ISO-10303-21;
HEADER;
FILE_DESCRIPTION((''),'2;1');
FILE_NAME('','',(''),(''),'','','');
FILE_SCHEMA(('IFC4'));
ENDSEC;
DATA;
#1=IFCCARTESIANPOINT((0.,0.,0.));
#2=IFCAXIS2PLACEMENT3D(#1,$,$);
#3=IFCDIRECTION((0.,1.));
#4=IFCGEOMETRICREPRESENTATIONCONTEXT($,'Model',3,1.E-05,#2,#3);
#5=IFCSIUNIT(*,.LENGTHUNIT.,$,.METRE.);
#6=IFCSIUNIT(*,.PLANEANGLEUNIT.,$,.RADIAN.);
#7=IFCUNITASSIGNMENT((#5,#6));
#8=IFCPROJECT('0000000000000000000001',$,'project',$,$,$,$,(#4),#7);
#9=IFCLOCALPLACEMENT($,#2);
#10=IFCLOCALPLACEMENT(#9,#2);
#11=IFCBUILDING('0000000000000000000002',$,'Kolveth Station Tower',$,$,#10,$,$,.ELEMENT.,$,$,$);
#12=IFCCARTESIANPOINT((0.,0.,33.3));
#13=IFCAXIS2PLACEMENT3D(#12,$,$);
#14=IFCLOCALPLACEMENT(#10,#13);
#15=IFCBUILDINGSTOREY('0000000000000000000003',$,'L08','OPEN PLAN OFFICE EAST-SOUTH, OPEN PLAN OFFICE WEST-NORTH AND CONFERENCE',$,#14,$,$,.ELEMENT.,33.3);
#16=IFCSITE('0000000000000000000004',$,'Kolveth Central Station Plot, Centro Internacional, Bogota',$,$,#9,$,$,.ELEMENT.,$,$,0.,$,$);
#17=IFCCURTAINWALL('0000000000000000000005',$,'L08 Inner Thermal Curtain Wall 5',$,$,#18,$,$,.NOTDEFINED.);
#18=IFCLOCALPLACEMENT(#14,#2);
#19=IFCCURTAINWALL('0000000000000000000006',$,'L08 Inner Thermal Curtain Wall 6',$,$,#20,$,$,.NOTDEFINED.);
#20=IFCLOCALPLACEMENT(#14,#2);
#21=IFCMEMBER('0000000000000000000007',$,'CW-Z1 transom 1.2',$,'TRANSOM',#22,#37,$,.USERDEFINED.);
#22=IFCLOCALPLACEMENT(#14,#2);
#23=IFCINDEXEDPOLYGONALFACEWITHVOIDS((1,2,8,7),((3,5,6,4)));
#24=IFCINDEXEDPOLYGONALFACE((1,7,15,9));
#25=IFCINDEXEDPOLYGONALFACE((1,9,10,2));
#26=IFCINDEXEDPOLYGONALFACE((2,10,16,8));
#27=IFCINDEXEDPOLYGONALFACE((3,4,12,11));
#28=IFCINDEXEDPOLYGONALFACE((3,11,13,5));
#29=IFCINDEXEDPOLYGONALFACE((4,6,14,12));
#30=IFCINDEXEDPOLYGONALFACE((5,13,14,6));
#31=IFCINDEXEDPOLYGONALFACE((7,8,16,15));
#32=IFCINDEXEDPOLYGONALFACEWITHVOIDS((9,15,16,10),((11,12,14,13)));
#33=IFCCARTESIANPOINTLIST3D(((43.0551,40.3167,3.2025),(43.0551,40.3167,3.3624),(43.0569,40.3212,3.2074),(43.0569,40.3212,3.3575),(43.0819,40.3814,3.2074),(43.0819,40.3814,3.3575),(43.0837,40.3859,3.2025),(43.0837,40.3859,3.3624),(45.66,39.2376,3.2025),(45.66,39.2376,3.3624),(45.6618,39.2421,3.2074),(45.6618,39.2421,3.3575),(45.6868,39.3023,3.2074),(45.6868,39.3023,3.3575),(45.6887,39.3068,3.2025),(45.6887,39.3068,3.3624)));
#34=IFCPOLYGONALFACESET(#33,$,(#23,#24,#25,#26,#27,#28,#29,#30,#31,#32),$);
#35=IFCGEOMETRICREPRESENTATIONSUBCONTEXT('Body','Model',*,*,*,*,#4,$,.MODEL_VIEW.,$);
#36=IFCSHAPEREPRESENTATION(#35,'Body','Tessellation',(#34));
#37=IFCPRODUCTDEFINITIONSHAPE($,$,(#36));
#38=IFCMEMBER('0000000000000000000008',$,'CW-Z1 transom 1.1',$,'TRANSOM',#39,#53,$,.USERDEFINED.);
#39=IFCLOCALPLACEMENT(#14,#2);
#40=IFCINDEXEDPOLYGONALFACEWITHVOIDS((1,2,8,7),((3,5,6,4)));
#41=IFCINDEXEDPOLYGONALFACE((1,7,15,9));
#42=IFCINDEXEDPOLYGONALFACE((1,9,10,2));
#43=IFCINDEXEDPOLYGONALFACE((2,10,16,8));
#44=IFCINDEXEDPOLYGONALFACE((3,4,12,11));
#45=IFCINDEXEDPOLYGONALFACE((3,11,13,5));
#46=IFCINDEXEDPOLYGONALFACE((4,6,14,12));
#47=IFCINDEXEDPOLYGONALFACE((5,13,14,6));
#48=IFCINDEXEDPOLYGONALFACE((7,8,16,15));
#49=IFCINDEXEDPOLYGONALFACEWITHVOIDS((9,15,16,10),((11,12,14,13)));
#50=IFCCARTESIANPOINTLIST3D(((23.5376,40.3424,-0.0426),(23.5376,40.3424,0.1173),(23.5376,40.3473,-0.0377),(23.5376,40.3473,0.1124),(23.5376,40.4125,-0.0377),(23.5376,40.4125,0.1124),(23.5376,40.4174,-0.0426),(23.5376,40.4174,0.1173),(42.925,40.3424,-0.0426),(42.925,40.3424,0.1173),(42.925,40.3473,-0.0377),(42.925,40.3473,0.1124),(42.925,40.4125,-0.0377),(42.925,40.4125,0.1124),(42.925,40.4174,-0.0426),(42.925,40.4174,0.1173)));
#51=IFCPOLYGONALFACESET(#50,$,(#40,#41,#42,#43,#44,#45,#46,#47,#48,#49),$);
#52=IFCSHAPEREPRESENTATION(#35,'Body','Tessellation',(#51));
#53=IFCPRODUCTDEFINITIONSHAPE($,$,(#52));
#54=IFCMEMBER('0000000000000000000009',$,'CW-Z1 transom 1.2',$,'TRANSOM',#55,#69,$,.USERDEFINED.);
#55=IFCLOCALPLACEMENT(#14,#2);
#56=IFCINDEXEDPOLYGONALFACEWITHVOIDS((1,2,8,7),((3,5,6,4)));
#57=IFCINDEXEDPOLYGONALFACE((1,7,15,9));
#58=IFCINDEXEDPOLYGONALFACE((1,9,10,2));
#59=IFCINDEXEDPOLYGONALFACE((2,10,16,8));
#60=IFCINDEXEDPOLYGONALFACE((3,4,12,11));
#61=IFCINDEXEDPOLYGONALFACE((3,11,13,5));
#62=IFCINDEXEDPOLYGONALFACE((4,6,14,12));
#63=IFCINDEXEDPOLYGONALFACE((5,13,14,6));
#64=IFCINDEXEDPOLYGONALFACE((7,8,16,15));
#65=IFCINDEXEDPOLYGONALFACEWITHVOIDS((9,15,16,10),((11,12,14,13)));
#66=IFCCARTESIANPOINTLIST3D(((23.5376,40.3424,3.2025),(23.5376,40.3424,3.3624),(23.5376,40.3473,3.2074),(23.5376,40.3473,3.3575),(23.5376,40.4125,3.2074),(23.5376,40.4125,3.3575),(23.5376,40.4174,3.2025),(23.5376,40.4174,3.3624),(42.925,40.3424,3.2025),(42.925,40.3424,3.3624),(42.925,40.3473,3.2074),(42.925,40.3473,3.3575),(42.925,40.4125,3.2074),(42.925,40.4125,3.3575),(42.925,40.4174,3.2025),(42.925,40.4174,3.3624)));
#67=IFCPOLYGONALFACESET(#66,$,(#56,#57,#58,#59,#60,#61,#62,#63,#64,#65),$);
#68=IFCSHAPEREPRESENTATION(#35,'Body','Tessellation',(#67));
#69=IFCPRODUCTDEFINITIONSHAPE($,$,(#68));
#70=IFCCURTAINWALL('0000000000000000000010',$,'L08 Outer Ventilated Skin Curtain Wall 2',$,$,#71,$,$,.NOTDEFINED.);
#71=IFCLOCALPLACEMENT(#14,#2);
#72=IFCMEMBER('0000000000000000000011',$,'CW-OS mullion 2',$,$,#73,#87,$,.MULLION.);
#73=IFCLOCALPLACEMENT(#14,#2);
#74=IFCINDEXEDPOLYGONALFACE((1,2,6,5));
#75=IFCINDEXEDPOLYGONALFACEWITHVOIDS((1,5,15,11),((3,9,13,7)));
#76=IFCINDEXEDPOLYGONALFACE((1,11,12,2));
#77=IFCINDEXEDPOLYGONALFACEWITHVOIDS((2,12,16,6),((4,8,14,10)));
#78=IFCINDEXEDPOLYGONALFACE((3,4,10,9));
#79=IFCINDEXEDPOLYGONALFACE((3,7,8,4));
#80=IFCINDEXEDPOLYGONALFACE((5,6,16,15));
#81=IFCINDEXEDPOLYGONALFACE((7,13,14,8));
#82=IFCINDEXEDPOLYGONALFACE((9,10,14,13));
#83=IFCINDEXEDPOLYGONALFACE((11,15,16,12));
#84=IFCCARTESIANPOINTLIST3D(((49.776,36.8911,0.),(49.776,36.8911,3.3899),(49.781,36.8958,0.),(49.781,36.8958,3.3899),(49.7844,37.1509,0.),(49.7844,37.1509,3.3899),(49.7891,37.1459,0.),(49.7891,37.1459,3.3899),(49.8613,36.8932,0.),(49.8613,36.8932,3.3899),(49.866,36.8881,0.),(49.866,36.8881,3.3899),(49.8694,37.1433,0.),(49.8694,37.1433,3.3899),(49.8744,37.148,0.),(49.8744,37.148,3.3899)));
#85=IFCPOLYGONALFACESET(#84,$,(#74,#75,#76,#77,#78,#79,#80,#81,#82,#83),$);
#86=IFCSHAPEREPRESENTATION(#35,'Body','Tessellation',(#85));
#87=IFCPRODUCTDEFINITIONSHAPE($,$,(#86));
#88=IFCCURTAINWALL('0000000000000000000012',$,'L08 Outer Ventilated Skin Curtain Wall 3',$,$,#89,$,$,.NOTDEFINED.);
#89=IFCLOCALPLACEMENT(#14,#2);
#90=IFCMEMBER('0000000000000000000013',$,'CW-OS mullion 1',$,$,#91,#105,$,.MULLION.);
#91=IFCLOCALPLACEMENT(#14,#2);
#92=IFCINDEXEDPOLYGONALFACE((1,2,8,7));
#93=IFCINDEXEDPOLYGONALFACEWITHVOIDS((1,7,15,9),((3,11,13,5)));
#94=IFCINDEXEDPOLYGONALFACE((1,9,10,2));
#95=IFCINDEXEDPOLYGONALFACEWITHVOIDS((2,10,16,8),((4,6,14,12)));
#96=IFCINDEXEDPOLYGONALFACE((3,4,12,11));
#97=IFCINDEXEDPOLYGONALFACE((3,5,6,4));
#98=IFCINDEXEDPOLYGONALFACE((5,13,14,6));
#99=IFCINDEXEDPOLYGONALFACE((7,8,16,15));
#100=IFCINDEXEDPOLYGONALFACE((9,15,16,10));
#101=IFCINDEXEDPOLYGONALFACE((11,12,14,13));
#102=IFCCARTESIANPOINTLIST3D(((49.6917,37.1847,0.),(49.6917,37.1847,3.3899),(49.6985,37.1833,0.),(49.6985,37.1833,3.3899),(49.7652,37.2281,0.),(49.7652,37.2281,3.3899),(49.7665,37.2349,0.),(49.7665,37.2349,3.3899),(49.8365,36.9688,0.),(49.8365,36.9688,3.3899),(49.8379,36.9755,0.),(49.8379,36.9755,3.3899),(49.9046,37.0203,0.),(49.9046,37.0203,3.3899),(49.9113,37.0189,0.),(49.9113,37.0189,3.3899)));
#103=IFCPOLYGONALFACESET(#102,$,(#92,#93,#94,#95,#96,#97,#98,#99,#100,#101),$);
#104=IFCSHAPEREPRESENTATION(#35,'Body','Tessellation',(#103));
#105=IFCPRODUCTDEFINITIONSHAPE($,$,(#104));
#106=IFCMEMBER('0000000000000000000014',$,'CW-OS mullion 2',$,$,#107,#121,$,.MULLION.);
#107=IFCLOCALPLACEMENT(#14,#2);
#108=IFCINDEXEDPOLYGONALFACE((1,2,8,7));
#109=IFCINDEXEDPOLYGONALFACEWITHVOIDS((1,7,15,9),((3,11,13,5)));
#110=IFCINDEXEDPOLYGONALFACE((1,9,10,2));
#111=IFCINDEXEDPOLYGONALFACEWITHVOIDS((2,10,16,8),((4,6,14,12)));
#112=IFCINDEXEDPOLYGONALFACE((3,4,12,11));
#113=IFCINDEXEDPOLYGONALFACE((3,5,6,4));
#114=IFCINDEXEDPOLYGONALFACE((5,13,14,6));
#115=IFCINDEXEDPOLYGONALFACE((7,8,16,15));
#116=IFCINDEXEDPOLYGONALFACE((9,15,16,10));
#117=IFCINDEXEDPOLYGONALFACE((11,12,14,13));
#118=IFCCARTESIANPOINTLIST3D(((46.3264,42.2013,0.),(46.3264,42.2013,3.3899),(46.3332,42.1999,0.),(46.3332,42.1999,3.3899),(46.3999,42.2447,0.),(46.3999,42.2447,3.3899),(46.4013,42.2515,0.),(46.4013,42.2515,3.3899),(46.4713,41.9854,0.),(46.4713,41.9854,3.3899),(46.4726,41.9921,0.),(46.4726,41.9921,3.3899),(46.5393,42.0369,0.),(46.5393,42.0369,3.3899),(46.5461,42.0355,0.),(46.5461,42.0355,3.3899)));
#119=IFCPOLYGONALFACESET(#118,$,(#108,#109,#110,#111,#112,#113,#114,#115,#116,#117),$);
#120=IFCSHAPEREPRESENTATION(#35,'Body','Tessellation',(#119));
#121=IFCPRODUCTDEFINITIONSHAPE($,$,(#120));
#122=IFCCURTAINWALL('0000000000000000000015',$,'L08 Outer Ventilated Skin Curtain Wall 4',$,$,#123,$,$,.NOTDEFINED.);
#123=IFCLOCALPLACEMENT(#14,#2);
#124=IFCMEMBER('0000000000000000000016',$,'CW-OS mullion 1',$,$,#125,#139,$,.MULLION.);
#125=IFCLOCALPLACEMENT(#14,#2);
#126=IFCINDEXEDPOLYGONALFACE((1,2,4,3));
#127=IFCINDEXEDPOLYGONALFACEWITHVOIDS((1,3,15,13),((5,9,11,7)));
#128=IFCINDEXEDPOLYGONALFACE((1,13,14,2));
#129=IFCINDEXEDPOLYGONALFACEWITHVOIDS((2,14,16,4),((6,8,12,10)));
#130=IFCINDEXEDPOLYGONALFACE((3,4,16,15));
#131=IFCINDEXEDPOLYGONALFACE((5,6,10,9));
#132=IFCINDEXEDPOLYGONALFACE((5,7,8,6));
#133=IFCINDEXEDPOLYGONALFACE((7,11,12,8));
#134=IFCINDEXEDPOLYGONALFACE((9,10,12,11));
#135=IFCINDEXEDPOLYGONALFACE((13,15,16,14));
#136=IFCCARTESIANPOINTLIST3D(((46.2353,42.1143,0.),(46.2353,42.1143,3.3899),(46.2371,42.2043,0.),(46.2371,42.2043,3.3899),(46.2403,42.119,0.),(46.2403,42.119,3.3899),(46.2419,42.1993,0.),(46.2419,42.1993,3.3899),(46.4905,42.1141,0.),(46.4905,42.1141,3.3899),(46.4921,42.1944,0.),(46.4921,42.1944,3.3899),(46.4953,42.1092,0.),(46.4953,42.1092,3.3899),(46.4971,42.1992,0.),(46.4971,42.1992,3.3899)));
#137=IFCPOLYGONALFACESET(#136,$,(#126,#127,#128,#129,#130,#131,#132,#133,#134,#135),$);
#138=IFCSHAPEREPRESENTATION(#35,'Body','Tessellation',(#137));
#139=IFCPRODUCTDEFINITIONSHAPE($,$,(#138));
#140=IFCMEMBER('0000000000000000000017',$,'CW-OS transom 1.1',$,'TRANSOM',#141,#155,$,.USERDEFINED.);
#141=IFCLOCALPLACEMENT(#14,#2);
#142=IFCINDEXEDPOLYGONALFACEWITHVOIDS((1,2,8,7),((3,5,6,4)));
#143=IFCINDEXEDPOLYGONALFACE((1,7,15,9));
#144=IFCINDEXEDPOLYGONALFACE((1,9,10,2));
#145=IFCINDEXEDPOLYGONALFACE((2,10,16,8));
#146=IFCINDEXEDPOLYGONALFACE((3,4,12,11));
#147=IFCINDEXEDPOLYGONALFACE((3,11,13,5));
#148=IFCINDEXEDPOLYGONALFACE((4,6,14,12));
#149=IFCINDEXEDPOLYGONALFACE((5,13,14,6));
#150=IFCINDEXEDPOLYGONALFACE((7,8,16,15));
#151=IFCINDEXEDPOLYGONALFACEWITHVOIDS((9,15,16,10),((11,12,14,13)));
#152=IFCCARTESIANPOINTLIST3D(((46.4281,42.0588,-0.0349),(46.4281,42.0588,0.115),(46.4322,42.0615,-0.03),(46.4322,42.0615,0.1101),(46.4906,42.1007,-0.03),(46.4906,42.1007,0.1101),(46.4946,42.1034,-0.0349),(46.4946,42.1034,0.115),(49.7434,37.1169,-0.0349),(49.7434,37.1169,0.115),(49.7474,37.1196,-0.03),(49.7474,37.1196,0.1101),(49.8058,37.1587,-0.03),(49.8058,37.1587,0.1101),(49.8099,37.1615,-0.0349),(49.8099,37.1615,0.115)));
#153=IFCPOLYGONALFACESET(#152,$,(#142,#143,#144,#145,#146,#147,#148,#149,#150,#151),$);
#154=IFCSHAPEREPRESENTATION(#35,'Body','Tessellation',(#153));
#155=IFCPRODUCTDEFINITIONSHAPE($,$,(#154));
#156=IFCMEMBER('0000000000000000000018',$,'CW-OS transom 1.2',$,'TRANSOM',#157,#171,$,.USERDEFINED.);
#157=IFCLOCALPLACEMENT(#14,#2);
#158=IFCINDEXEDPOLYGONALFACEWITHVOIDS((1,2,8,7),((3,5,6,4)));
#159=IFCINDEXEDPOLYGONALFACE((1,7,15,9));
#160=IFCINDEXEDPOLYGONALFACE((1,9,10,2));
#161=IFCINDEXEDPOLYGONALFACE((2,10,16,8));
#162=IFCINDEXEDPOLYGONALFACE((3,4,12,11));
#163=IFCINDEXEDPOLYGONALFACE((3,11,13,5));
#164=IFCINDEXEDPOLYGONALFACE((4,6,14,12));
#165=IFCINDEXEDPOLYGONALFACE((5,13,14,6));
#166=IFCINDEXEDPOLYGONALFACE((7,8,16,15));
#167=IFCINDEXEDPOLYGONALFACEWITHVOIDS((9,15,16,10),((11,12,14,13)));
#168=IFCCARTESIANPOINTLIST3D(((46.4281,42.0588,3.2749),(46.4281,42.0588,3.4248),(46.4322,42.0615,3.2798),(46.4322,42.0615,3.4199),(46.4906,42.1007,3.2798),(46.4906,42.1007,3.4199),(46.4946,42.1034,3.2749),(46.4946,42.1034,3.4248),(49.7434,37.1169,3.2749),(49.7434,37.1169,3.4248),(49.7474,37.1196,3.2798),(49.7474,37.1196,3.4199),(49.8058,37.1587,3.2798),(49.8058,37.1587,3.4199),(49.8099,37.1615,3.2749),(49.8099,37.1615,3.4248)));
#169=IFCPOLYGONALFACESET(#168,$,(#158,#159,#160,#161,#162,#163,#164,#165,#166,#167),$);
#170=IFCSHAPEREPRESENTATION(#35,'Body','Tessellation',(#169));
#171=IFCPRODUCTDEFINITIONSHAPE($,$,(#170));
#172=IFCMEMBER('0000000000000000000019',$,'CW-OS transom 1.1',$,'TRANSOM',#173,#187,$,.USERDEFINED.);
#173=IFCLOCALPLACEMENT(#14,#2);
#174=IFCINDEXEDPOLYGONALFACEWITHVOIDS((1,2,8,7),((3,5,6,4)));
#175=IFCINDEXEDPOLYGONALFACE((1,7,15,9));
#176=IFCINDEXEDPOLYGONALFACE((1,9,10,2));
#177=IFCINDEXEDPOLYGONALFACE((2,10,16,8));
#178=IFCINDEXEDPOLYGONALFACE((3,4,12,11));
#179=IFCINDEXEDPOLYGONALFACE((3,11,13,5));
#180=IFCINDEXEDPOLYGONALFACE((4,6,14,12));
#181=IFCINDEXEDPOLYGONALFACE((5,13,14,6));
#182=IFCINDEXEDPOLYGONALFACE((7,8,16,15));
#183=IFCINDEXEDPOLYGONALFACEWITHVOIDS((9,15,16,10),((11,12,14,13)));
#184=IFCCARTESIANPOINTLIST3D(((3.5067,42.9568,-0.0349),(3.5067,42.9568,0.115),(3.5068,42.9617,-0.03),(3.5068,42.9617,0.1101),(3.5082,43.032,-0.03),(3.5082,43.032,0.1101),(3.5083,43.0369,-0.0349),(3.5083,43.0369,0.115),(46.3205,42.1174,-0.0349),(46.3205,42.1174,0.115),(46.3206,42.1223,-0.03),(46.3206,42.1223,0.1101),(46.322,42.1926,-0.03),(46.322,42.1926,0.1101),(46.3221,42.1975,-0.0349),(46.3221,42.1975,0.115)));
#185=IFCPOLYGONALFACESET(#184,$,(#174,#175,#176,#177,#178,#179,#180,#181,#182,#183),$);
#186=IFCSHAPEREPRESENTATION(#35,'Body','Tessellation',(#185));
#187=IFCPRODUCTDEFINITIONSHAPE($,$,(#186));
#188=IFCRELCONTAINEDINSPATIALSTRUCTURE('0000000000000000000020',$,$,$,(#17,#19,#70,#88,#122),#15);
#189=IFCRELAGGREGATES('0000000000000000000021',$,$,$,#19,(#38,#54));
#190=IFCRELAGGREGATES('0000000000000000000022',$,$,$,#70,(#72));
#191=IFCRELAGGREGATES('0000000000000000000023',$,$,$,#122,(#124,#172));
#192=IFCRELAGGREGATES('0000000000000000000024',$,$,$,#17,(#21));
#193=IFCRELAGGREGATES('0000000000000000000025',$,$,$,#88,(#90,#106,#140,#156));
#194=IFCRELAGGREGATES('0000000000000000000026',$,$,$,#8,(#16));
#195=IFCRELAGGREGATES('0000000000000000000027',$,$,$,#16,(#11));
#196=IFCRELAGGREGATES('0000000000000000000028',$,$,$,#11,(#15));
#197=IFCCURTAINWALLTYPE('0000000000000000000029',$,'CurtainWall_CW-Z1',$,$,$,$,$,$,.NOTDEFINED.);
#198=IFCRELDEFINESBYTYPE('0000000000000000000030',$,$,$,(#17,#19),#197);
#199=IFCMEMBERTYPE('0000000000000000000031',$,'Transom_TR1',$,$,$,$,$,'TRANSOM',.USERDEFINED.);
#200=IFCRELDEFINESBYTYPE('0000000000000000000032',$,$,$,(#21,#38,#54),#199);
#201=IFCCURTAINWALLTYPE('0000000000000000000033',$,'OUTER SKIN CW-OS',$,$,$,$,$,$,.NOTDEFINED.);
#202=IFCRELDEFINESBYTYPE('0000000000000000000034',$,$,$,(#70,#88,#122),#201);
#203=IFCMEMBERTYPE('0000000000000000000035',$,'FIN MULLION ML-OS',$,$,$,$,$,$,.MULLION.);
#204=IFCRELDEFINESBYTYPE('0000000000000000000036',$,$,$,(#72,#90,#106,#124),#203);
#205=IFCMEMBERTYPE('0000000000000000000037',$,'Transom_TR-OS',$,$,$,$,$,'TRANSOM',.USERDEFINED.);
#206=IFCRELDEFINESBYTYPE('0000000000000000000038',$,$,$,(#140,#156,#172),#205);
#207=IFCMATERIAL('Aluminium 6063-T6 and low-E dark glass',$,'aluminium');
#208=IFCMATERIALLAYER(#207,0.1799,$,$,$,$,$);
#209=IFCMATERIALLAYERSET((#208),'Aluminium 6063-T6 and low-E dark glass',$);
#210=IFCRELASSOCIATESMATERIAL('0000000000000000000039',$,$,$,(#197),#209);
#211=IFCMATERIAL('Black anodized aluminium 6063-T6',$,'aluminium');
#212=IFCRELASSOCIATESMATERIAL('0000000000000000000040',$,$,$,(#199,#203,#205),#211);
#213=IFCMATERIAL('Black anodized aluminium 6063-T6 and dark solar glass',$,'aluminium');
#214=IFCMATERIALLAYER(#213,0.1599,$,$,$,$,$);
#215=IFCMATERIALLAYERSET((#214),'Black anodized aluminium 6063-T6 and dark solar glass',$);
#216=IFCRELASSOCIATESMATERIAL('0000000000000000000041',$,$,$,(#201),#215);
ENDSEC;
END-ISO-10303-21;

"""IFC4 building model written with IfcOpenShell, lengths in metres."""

from ifc_helpers import new_model, si_unit, direction, frame, origin, origin_2d, place, context, subcontext, project, spatial, hollow_rectangle, extrude, source, transform, mapped, material, layer, layer_set, material_profile, profile_set, type_object, element, aggregate, save


model = new_model("IFC4")

# Units and contexts
model_context = context("Model", 3, precision=1e-05, world=origin(), true_north=direction((0.0, 1.0)))
body_context = subcontext(model_context, "Body", "Model", "MODEL_VIEW")
ifc_project = project(units=[si_unit("LENGTHUNIT", "METRE"), si_unit("PLANEANGLEUNIT", "RADIAN")], contexts=[model_context])

# Site, building, storey
site_placement = place(None, origin())
site = spatial("IfcSite", under=ifc_project, at=site_placement, Name="Kolveth Central Station Plot, Centro Internacional, Bogota", CompositionType="ELEMENT", RefElevation=0.0)
building_placement = place(site_placement, origin())
building = spatial("IfcBuilding", under=site, at=building_placement, Name="Kolveth Station Tower", CompositionType="ELEMENT")
storey_placement = place(building_placement, frame((0.0, 0.0, 33.3)))
storey = spatial("IfcBuildingStorey", under=building, at=storey_placement, Name="L08", Description="OPEN PLAN OFFICE EAST-SOUTH, OPEN PLAN OFFICE WEST-NORTH AND CONFERENCE", CompositionType="ELEMENT", Elevation=33.3)

# Shared definitions
ifc_material_1 = material(Name="Aluminium 6063-T6 and low-E dark glass", Category="aluminium")
ifc_layer_1 = layer(ifc_material_1, 0.1799)
ifc_layer_set_1 = layer_set([ifc_layer_1], Name="Aluminium 6063-T6 and low-E dark glass")
curtain_wall_type_1 = type_object("IfcCurtainWallType", Name="CurtainWall_CW-Z1", PredefinedType="NOTDEFINED", material=ifc_layer_set_1)
ifc_material_2 = material(Name="Black anodized aluminium 6063-T6", Category="aluminium")

# Curtain wall
curtain_wall_1_placement = place(storey_placement, origin())
curtain_wall_1 = element("IfcCurtainWall", 1, at=curtain_wall_1_placement, inside=storey, type_object=curtain_wall_type_1, Name="L08 Inner Thermal Curtain Wall 5", PredefinedType="NOTDEFINED")

# Curtain wall
curtain_wall_2_placement = place(storey_placement, origin())
curtain_wall_2 = element("IfcCurtainWall", 2, at=curtain_wall_2_placement, inside=storey, type_object=curtain_wall_type_1, Name="L08 Inner Thermal Curtain Wall 6", PredefinedType="NOTDEFINED")

# Members
ifc_material_profile_1 = material_profile(ifc_material_2, hollow_rectangle(XDim=0.075, YDim=0.1599, WallThickness=0.0049, at=origin_2d()), Name="ALU-75x160x5")
ifc_profile_set_1 = profile_set([ifc_material_profile_1], Name="Black anodized aluminium 6063-T6")
member_type_1 = type_object("IfcMemberType", Name="Transom_TR1", ElementType="TRANSOM", PredefinedType="USERDEFINED", material=ifc_profile_set_1)
shared_shape_1 = source(origin(), body_context, "Body", "SweptSolid", [
    extrude(hollow_rectangle(XDim=0.075, YDim=0.1599, WallThickness=0.0049, at=origin_2d()), origin(), (0.0, 0.0, 1.0), 2.8196),
])
member_1_placement = place(storey_placement, frame((45.6743, 39.2722, 3.2825), z_axis=(-0.923869, 0.382709, 0.0), x_axis=(-0.382709, -0.923869, 0.0)))
member_1 = element("IfcMember", 3, at=member_1_placement, type_object=member_type_1, Name="CW-Z1 transom 1.2", ObjectType="TRANSOM", PredefinedType="USERDEFINED", context=body_context, shape_type="MappedRepresentation", body=[
    mapped(shared_shape_1, transform((0.0, 0.0, 0.0), x_axis=(1.0, 0.0, 0.0), y_axis=(0.0, 1.0, 0.0), z_axis=(0.0, 0.0, 1.0), scale=1.0)),
])
shared_shape_2 = source(origin(), body_context, "Body", "SweptSolid", [
    extrude(hollow_rectangle(XDim=0.075, YDim=0.1599, WallThickness=0.0049, at=origin_2d()), origin(), (0.0, 0.0, 1.0), 19.3875),
])
member_2_placement = place(storey_placement, frame((42.925, 40.3799, 0.0374), z_axis=(-1.0, 0.0, 0.0), x_axis=(0.0, -1.0, 0.0)))
member_2 = element("IfcMember", 4, at=member_2_placement, type_object=member_type_1, Name="CW-Z1 transom 1.1", ObjectType="TRANSOM", PredefinedType="USERDEFINED", context=body_context, shape_type="MappedRepresentation", body=[
    mapped(shared_shape_2, transform((0.0, 0.0, 0.0), x_axis=(1.0, 0.0, 0.0), y_axis=(0.0, 1.0, 0.0), z_axis=(0.0, 0.0, 1.0), scale=1.0)),
])
member_3_placement = place(storey_placement, frame((42.925, 40.3799, 3.2825), z_axis=(-1.0, 0.0, 0.0), x_axis=(0.0, -1.0, 0.0)))
member_3 = element("IfcMember", 5, at=member_3_placement, type_object=member_type_1, Name="CW-Z1 transom 1.2", ObjectType="TRANSOM", PredefinedType="USERDEFINED", context=body_context, shape_type="MappedRepresentation", body=[
    mapped(shared_shape_2, transform((0.0, 0.0, 0.0), x_axis=(1.0, 0.0, 0.0), y_axis=(0.0, 1.0, 0.0), z_axis=(0.0, 0.0, 1.0), scale=1.0)),
])
aggregate(curtain_wall_2, [member_2, member_3])

# Curtain wall, member
ifc_material_3 = material(Name="Black anodized aluminium 6063-T6 and dark solar glass", Category="aluminium")
ifc_layer_2 = layer(ifc_material_3, 0.1599)
ifc_layer_set_2 = layer_set([ifc_layer_2], Name="Black anodized aluminium 6063-T6 and dark solar glass")
curtain_wall_type_2 = type_object("IfcCurtainWallType", Name="OUTER SKIN CW-OS", PredefinedType="NOTDEFINED", material=ifc_layer_set_2)
curtain_wall_3_placement = place(storey_placement, origin())
curtain_wall_3 = element("IfcCurtainWall", 6, at=curtain_wall_3_placement, inside=storey, type_object=curtain_wall_type_2, Name="L08 Outer Ventilated Skin Curtain Wall 2", PredefinedType="NOTDEFINED")
ifc_material_profile_2 = material_profile(ifc_material_2, hollow_rectangle(XDim=0.0901, YDim=0.26, WallThickness=0.0049, at=origin_2d()), Name="ALU-90x260x5")
ifc_profile_set_2 = profile_set([ifc_material_profile_2], Name="Black anodized aluminium 6063-T6")
member_type_2 = type_object("IfcMemberType", Name="FIN MULLION ML-OS", PredefinedType="MULLION", material=ifc_profile_set_2)
shared_shape_3 = source(origin(), body_context, "Body", "SweptSolid", [
    extrude(hollow_rectangle(XDim=0.0901, YDim=0.26, WallThickness=0.0049, at=origin_2d()), origin(), (0.0, 0.0, 1.0), 3.3899),
])
member_4_placement = place(storey_placement, frame((49.8252, 37.0195, 0.0), z_axis=(0.0, 0.0, 1.0), x_axis=(-0.999477, 0.032348, 0.0)))
member_4 = element("IfcMember", 7, at=member_4_placement, type_object=member_type_2, Name="CW-OS mullion 2", PredefinedType="MULLION", context=body_context, shape_type="MappedRepresentation", body=[
    mapped(shared_shape_3, transform((0.0, 0.0, 0.0), x_axis=(1.0, 0.0, 0.0), y_axis=(0.0, 1.0, 0.0), z_axis=(0.0, 0.0, 1.0), scale=1.0)),
])
aggregate(curtain_wall_3, [member_4])

# Curtain wall, members
curtain_wall_4_placement = place(storey_placement, origin())
curtain_wall_4 = element("IfcCurtainWall", 8, at=curtain_wall_4_placement, inside=storey, type_object=curtain_wall_type_2, Name="L08 Outer Ventilated Skin Curtain Wall 3", PredefinedType="NOTDEFINED")
member_5_placement = place(storey_placement, frame((49.8015, 37.1018, 0.0), z_axis=(0.0, 0.0, 1.0), x_axis=(-0.830448, -0.557096, 0.0)))
member_5 = element("IfcMember", 9, at=member_5_placement, type_object=member_type_2, Name="CW-OS mullion 1", PredefinedType="MULLION", context=body_context, shape_type="MappedRepresentation", body=[
    mapped(shared_shape_3, transform((0.0, 0.0, 0.0), x_axis=(1.0, 0.0, 0.0), y_axis=(0.0, 1.0, 0.0), z_axis=(0.0, 0.0, 1.0), scale=1.0)),
])
member_6_placement = place(storey_placement, frame((46.4363, 42.1184, 0.0), z_axis=(0.0, 0.0, 1.0), x_axis=(-0.830448, -0.557096, 0.0)))
member_6 = element("IfcMember", 10, at=member_6_placement, type_object=member_type_2, Name="CW-OS mullion 2", PredefinedType="MULLION", context=body_context, shape_type="MappedRepresentation", body=[
    mapped(shared_shape_3, transform((0.0, 0.0, 0.0), x_axis=(1.0, 0.0, 0.0), y_axis=(0.0, 1.0, 0.0), z_axis=(0.0, 0.0, 1.0), scale=1.0)),
])

# Curtain wall, member
curtain_wall_5_placement = place(storey_placement, origin())
curtain_wall_5 = element("IfcCurtainWall", 11, at=curtain_wall_5_placement, inside=storey, type_object=curtain_wall_type_2, Name="L08 Outer Ventilated Skin Curtain Wall 4", PredefinedType="NOTDEFINED")
member_7_placement = place(storey_placement, frame((46.3662, 42.1567, 0.0), z_axis=(0.0, 0.0, 1.0), x_axis=(-0.019602, -0.999808, 0.0)))
member_7 = element("IfcMember", 12, at=member_7_placement, type_object=member_type_2, Name="CW-OS mullion 1", PredefinedType="MULLION", context=body_context, shape_type="MappedRepresentation", body=[
    mapped(shared_shape_3, transform((0.0, 0.0, 0.0), x_axis=(1.0, 0.0, 0.0), y_axis=(0.0, 1.0, 0.0), z_axis=(0.0, 0.0, 1.0), scale=1.0)),
])

# Members
ifc_material_profile_3 = material_profile(ifc_material_2, hollow_rectangle(XDim=0.0801, YDim=0.1499, WallThickness=0.0049, at=origin_2d()), Name="ALU-80x150x5")
ifc_profile_set_3 = profile_set([ifc_material_profile_3], Name="Black anodized aluminium 6063-T6")
member_type_3 = type_object("IfcMemberType", Name="Transom_TR-OS", ElementType="TRANSOM", PredefinedType="USERDEFINED", material=ifc_profile_set_3)
shared_shape_4 = source(origin(), body_context, "Body", "SweptSolid", [
    extrude(hollow_rectangle(XDim=0.0801, YDim=0.1499, WallThickness=0.0049, at=origin_2d()), origin(), (0.0, 0.0, 1.0), 5.9509),
])
member_8_placement = place(storey_placement, frame((49.7766, 37.1392, 0.04), z_axis=(-0.557093, 0.83045, 0.0), x_axis=(-0.83045, -0.557093, 0.0)))
member_8 = element("IfcMember", 13, at=member_8_placement, type_object=member_type_3, Name="CW-OS transom 1.1", ObjectType="TRANSOM", PredefinedType="USERDEFINED", context=body_context, shape_type="MappedRepresentation", body=[
    mapped(shared_shape_4, transform((0.0, 0.0, 0.0), x_axis=(1.0, 0.0, 0.0), y_axis=(0.0, 1.0, 0.0), z_axis=(0.0, 0.0, 1.0), scale=1.0)),
])
member_9_placement = place(storey_placement, frame((49.7766, 37.1392, 3.3499), z_axis=(-0.557093, 0.83045, 0.0), x_axis=(-0.83045, -0.557093, 0.0)))
member_9 = element("IfcMember", 14, at=member_9_placement, type_object=member_type_3, Name="CW-OS transom 1.2", ObjectType="TRANSOM", PredefinedType="USERDEFINED", context=body_context, shape_type="MappedRepresentation", body=[
    mapped(shared_shape_4, transform((0.0, 0.0, 0.0), x_axis=(1.0, 0.0, 0.0), y_axis=(0.0, 1.0, 0.0), z_axis=(0.0, 0.0, 1.0), scale=1.0)),
])
shared_shape_5 = source(origin(), body_context, "Body", "SweptSolid", [
    extrude(hollow_rectangle(XDim=0.0801, YDim=0.1499, WallThickness=0.0049, at=origin_2d()), origin(), (0.0, 0.0, 1.0), 42.822),
])
member_10_placement = place(storey_placement, frame((46.3213, 42.1575, 0.04), z_axis=(-0.999808, 0.019601, 0.0), x_axis=(-0.019601, -0.999808, 0.0)))
member_10 = element("IfcMember", 15, at=member_10_placement, type_object=member_type_3, Name="CW-OS transom 1.1", ObjectType="TRANSOM", PredefinedType="USERDEFINED", context=body_context, shape_type="MappedRepresentation", body=[
    mapped(shared_shape_5, transform((0.0, 0.0, 0.0), x_axis=(1.0, 0.0, 0.0), y_axis=(0.0, 1.0, 0.0), z_axis=(0.0, 0.0, 1.0), scale=1.0)),
])
aggregate(curtain_wall_5, [member_7, member_10])

aggregate(curtain_wall_1, [member_1])
aggregate(curtain_wall_4, [member_5, member_6, member_8, member_9])

save(model, "model.ifc")
